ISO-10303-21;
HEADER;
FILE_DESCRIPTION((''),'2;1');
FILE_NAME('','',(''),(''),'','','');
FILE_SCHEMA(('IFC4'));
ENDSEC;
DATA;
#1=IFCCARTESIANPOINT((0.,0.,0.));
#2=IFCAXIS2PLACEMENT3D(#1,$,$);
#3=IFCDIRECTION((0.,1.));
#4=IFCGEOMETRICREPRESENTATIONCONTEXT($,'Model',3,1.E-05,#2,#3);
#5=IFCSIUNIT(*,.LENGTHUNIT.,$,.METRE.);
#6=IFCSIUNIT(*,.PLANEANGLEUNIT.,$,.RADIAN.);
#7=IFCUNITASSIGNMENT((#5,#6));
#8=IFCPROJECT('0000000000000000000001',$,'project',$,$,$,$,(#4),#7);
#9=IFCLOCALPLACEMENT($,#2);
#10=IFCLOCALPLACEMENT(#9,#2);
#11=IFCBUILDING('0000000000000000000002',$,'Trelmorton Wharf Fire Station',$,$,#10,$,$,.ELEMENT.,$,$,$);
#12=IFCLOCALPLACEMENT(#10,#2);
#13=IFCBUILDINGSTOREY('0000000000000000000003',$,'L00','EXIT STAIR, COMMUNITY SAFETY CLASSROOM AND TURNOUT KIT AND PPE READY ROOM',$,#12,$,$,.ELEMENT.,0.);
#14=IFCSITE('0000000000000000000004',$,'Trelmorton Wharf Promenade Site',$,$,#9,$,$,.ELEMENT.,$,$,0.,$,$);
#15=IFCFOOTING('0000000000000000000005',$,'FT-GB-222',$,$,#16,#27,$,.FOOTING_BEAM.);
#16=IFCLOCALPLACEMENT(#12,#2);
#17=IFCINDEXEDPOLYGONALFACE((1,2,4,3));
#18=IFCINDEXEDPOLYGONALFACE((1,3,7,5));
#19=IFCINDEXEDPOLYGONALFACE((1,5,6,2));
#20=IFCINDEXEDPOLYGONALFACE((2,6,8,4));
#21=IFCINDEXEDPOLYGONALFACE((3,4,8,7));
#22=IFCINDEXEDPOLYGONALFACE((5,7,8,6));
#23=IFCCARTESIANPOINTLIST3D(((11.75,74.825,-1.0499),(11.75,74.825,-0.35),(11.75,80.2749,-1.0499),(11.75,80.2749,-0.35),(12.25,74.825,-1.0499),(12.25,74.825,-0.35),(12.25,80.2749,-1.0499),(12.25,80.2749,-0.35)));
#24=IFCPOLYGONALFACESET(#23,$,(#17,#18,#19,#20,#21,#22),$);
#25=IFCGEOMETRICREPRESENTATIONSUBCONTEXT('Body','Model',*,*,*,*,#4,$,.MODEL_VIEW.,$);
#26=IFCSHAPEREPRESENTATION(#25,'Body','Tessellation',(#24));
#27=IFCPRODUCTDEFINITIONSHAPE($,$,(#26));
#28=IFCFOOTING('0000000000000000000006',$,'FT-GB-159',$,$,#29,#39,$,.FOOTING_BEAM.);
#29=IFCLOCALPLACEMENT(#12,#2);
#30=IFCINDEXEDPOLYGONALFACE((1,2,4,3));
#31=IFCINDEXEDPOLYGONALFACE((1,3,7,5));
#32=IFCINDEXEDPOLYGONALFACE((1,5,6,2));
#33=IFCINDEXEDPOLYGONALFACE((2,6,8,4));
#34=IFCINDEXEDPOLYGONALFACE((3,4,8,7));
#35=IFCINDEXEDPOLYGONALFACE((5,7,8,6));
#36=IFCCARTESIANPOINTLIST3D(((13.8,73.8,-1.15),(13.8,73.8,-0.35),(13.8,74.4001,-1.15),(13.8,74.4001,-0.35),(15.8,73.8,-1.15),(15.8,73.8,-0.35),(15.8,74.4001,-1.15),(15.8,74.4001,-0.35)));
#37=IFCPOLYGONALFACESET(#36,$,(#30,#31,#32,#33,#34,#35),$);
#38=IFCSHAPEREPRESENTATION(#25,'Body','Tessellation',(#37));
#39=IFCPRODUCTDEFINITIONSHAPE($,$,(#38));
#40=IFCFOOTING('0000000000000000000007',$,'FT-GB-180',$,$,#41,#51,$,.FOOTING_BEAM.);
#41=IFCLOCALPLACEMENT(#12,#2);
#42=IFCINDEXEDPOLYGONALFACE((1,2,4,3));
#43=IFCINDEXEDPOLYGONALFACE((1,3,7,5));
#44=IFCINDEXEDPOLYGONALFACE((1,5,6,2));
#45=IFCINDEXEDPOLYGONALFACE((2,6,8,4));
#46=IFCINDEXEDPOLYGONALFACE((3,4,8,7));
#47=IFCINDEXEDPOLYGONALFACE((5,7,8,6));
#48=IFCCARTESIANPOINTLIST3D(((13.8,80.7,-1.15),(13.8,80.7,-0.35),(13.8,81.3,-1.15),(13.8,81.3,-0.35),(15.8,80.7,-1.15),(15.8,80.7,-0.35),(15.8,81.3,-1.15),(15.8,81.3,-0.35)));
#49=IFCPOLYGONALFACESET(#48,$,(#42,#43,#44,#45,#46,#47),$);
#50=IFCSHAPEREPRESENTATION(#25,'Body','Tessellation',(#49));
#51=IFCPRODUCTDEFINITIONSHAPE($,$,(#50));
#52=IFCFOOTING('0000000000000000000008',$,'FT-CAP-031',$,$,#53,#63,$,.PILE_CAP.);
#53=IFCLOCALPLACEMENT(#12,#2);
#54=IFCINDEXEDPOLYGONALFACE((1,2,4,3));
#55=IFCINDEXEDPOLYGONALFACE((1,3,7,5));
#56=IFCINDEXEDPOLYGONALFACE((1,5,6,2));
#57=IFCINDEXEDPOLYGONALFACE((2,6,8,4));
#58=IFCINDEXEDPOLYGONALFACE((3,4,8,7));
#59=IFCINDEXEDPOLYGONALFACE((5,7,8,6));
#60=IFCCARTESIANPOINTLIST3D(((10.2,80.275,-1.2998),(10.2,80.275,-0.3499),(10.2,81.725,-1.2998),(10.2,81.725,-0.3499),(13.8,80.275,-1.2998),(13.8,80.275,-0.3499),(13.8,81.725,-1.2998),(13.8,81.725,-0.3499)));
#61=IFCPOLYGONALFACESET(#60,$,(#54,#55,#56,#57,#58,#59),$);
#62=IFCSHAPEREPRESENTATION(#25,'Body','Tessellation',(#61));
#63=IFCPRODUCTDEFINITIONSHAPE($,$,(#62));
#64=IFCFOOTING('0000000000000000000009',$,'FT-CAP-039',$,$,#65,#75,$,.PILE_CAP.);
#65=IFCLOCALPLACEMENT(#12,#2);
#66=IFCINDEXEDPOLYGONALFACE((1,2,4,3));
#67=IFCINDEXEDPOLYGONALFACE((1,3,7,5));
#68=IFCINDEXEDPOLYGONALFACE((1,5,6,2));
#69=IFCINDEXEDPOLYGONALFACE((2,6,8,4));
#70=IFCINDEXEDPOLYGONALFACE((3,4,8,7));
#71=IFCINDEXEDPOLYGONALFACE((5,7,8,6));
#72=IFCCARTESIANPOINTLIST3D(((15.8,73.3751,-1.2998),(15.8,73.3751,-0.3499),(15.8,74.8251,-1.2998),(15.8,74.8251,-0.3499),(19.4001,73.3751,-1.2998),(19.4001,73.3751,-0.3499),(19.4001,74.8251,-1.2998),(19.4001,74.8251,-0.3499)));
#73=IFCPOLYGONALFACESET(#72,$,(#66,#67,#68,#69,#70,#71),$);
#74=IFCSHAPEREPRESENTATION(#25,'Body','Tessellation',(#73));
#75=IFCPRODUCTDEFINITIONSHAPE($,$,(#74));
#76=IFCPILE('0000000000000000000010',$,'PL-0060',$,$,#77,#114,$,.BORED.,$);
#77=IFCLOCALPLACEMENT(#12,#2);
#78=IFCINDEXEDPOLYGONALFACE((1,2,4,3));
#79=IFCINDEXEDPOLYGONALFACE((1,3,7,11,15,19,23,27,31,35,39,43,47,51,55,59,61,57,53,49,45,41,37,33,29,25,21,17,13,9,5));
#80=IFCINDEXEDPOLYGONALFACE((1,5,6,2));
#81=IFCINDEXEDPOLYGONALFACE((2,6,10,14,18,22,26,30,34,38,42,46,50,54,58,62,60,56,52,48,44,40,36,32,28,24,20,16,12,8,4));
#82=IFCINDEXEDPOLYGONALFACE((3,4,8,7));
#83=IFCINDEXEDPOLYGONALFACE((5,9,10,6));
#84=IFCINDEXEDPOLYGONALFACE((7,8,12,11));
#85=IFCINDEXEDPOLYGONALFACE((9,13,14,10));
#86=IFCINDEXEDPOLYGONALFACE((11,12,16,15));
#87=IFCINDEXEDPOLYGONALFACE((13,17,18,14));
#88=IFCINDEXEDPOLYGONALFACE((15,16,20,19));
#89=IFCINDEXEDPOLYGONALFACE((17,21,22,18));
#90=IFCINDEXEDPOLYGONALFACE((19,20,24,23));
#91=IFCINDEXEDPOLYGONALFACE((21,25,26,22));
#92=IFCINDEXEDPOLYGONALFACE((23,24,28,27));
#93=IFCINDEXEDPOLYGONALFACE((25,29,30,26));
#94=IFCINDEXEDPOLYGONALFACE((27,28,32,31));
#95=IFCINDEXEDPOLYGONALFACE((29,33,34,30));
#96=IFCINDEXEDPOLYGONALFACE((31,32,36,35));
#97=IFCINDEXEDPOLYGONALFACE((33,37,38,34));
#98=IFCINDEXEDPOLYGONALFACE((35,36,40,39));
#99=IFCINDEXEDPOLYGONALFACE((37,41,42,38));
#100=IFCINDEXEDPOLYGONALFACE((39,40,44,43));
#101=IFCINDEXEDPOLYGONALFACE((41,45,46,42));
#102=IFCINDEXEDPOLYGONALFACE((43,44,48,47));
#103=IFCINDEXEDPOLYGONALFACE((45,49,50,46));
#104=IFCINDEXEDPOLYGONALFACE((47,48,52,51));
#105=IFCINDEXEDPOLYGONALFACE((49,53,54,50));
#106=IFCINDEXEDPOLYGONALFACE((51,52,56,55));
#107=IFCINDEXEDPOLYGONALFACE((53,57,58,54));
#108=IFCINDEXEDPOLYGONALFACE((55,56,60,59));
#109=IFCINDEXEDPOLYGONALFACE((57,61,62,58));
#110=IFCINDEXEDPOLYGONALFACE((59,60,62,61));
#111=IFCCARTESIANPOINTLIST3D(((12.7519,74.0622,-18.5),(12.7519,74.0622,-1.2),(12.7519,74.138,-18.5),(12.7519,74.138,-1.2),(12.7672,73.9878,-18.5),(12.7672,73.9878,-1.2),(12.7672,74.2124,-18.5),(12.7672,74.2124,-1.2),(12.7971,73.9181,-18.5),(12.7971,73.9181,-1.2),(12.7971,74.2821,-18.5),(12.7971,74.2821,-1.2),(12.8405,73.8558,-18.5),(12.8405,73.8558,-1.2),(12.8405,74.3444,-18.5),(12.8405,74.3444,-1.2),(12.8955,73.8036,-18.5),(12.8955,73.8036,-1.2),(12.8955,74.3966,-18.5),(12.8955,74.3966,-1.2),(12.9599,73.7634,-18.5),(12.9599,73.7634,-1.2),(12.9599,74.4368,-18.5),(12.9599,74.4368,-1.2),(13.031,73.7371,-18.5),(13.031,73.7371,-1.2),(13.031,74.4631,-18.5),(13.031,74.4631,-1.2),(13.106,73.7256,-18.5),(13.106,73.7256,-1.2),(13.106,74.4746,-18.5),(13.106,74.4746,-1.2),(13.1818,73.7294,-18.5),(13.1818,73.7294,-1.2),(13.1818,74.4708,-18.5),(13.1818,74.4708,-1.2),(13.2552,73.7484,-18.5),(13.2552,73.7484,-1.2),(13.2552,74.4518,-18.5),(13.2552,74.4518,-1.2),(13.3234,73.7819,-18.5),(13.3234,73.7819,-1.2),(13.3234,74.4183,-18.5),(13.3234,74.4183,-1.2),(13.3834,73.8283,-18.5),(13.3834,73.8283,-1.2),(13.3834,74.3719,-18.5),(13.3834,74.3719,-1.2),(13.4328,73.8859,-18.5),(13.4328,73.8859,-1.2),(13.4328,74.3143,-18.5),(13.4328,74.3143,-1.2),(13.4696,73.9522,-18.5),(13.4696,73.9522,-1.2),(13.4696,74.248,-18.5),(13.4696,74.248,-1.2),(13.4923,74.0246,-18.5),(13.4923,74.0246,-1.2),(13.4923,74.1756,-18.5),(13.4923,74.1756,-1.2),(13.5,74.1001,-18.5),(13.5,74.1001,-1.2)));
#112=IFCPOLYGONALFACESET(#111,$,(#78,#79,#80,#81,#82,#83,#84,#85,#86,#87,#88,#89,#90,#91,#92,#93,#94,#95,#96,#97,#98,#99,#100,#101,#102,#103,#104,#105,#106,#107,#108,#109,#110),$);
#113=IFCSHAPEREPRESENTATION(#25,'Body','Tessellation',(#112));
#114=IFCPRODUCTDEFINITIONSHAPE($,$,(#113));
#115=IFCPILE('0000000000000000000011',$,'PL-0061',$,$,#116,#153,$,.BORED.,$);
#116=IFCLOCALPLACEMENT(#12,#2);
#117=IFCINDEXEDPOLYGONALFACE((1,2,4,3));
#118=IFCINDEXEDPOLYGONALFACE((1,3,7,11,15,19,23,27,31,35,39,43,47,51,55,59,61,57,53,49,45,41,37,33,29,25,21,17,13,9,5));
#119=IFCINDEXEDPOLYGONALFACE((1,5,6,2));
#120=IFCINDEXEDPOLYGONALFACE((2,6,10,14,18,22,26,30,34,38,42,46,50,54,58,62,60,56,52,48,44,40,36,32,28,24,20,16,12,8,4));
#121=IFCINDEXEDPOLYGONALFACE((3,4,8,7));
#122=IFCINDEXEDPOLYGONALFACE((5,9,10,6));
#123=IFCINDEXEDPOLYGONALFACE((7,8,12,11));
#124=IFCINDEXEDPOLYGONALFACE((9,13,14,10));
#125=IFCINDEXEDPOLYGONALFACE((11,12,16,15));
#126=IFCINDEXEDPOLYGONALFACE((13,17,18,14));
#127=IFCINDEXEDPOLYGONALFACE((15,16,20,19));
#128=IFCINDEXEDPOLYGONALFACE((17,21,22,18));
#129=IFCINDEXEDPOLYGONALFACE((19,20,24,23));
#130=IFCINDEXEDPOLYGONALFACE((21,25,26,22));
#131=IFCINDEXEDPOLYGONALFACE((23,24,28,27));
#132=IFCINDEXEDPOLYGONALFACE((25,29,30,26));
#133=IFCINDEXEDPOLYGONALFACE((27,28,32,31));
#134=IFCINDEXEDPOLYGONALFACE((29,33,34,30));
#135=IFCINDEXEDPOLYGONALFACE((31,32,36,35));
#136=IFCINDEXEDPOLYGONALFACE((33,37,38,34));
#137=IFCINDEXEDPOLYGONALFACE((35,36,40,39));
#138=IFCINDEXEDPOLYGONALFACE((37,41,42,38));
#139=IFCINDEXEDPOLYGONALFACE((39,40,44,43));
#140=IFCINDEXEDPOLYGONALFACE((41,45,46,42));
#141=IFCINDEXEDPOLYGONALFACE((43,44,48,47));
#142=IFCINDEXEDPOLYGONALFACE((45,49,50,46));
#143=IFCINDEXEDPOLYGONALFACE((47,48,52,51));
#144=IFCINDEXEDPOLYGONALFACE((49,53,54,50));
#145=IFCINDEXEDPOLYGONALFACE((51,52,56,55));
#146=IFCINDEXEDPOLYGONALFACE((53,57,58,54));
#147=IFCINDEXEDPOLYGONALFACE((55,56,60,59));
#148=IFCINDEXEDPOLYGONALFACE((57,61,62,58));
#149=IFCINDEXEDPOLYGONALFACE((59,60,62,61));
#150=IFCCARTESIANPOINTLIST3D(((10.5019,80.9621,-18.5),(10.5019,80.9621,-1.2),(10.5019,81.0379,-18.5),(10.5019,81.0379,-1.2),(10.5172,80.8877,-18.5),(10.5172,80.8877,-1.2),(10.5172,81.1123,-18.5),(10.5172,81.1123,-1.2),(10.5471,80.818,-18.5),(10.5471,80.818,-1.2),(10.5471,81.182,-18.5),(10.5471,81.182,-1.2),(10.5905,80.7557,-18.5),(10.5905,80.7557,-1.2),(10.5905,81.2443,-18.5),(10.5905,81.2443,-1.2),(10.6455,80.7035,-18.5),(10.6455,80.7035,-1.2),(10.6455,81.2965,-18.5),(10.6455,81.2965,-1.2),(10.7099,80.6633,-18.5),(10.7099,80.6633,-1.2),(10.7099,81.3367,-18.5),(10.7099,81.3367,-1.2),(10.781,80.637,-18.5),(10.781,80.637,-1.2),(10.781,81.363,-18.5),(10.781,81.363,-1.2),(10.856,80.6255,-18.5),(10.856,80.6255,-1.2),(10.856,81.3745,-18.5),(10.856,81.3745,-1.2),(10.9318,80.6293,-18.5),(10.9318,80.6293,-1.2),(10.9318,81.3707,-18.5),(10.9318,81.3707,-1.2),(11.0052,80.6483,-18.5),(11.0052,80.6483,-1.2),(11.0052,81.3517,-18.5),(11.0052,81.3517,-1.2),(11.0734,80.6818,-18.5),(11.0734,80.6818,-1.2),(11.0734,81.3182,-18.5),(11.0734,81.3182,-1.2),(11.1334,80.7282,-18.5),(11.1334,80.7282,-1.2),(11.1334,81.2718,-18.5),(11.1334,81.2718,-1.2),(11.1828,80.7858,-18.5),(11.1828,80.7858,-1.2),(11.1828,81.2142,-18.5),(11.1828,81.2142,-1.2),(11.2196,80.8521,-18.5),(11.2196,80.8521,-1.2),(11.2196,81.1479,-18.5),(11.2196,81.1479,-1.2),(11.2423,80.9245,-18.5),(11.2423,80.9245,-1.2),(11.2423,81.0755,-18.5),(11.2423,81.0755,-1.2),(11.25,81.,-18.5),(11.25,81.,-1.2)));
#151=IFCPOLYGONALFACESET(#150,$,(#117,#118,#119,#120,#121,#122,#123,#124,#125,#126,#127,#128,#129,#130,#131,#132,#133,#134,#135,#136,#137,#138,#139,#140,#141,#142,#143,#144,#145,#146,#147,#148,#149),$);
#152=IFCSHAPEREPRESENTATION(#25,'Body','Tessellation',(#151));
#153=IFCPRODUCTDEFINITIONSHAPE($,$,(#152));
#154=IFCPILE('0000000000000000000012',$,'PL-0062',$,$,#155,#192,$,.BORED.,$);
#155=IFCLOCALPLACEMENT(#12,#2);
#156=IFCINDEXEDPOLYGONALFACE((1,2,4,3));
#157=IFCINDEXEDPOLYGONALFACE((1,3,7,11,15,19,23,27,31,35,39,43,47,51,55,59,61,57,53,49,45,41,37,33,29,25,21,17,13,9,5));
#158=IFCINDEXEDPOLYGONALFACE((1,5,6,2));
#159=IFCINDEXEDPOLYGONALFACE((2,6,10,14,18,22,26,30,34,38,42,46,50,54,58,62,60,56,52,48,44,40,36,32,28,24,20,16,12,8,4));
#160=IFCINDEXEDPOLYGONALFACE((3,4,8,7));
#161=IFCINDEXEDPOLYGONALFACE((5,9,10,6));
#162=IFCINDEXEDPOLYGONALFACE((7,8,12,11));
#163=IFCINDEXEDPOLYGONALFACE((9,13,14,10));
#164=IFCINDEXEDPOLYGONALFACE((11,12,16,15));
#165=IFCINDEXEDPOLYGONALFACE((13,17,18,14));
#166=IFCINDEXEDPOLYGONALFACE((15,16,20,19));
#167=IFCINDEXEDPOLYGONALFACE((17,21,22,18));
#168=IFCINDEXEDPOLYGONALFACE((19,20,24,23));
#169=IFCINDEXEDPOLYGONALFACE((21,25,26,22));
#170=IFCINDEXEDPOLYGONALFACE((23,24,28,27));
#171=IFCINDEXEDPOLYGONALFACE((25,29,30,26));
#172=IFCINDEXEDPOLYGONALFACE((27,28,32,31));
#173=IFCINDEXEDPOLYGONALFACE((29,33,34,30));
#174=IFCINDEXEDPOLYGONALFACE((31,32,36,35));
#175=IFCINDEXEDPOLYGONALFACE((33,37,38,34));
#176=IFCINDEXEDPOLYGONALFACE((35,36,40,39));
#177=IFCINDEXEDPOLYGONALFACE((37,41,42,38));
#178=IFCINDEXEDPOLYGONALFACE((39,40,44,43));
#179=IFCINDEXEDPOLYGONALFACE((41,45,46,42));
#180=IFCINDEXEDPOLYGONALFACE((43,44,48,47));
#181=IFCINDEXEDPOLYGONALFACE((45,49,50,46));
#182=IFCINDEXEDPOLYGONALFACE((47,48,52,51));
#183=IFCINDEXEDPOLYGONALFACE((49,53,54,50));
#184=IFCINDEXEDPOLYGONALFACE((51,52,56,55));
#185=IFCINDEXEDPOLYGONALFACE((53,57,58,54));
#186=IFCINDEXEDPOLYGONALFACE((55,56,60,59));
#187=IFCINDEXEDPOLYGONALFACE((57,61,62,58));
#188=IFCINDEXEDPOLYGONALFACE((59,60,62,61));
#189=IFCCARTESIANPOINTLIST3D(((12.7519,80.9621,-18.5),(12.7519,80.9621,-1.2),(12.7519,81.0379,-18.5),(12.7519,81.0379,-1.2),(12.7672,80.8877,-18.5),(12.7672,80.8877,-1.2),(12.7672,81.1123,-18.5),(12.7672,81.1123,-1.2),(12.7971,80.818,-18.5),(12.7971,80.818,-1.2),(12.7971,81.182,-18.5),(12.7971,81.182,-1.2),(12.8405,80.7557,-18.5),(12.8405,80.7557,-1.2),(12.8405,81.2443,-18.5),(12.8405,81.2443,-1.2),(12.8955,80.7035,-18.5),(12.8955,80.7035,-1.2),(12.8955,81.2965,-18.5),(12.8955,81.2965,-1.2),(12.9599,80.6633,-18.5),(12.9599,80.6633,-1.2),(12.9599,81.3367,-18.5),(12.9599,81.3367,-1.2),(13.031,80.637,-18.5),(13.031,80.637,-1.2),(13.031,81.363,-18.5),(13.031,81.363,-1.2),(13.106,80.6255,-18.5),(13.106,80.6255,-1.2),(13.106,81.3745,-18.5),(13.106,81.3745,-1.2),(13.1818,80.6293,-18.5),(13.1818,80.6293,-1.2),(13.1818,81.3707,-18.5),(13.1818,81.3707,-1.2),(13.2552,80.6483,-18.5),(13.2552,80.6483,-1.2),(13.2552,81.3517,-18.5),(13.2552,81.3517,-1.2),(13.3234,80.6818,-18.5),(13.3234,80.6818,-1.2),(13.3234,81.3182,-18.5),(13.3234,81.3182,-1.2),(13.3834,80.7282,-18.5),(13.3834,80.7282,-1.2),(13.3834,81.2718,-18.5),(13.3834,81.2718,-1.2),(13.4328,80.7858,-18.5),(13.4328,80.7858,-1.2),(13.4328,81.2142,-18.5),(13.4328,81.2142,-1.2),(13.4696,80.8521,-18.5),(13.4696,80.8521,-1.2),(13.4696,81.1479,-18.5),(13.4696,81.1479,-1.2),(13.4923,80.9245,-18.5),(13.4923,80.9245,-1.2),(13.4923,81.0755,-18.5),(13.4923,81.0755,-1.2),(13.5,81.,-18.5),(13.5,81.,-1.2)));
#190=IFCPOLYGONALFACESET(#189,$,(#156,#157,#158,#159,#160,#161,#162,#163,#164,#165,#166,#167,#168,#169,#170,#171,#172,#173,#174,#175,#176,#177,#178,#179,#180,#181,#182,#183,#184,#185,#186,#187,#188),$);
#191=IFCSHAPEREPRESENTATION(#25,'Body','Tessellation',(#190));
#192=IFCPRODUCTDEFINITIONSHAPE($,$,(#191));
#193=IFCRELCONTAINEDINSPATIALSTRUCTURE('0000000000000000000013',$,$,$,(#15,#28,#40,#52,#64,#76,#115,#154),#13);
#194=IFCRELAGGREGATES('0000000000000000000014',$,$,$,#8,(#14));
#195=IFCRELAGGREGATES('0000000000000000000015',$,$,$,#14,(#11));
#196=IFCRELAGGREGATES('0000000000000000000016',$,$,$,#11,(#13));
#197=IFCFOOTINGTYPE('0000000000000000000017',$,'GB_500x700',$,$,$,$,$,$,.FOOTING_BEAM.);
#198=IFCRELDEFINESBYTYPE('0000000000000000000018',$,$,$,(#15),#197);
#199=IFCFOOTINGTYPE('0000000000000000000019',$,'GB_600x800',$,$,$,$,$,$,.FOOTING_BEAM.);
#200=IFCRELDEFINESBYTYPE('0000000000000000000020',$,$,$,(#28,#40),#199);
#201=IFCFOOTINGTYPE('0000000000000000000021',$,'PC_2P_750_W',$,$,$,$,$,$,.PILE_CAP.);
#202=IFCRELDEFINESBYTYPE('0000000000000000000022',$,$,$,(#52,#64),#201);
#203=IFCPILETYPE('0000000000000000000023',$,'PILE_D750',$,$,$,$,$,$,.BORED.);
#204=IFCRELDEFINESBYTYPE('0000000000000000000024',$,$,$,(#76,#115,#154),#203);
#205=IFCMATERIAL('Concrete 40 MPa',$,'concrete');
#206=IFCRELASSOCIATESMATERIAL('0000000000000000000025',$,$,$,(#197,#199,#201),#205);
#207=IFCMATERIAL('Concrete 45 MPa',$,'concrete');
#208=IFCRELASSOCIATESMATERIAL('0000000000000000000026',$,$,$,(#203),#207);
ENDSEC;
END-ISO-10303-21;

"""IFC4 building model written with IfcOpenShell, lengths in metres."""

from ifc_helpers import new_model, si_unit, direction, frame, origin, origin_2d, place, context, subcontext, project, spatial, rectangle, circle, extrude, material, material_profile, profile_set, type_object, element, save


model = new_model("IFC4")

# Units and contexts
model_context = context("Model", 3, precision=1e-05, world=origin(), true_north=direction((0.0, 1.0)))
body_context = subcontext(model_context, "Body", "Model", "MODEL_VIEW")
ifc_project = project(units=[si_unit("LENGTHUNIT", "METRE"), si_unit("PLANEANGLEUNIT", "RADIAN")], contexts=[model_context])

# Site, building, storey
site_placement = place(None, origin())
site = spatial("IfcSite", under=ifc_project, at=site_placement, Name="Trelmorton Wharf Promenade Site", CompositionType="ELEMENT", RefElevation=0.0)
building_placement = place(site_placement, origin())
building = spatial("IfcBuilding", under=site, at=building_placement, Name="Trelmorton Wharf Fire Station", CompositionType="ELEMENT")
storey_placement = place(building_placement, origin())
storey = spatial("IfcBuildingStorey", under=building, at=storey_placement, Name="L00", Description="EXIT STAIR, COMMUNITY SAFETY CLASSROOM AND TURNOUT KIT AND PPE READY ROOM", CompositionType="ELEMENT", Elevation=0.0)

# Footings
ifc_material_1 = material(Name="Concrete 40 MPa", Category="concrete")
ifc_material_profile_1 = material_profile(ifc_material_1, rectangle(XDim=0.5, YDim=0.7, at=origin_2d()), Name="RC500x700")
ifc_profile_set_1 = profile_set([ifc_material_profile_1], Name="Concrete 40 MPa")
footing_type_1 = type_object("IfcFootingType", Name="GB_500x700", PredefinedType="FOOTING_BEAM", material=ifc_profile_set_1)
footing_placement = place(storey_placement, frame((12.0, 74.825, -0.7), z_axis=(0.0, 1.0, 0.0), x_axis=(-1.0, 0.0, 0.0)))
element("IfcFooting", 1, at=footing_placement, inside=storey, type_object=footing_type_1, Name="FT-GB-222", PredefinedType="FOOTING_BEAM", context=body_context, shape_type="SweptSolid", body=[
    extrude(rectangle(XDim=0.5, YDim=0.7, at=origin_2d()), origin(), (0.0, 0.0, 1.0), 5.45),
])
ifc_material_profile_2 = material_profile(ifc_material_1, rectangle(XDim=0.6001, YDim=0.8, at=origin_2d()), Name="RC600x800")
ifc_profile_set_2 = profile_set([ifc_material_profile_2], Name="Concrete 40 MPa")
footing_type_2 = type_object("IfcFootingType", Name="GB_600x800", PredefinedType="FOOTING_BEAM", material=ifc_profile_set_2)
for number, where, z_axis, x_axis, name in (
    (2, (13.8, 74.1001, -0.75), (1.0, 0.0, 0.0), (0.0, 1.0, 0.0), "FT-GB-159"),
    (3, (13.8, 81.0, -0.75), (1.0, 0.0, 0.0), (0.0, 1.0, 0.0), "FT-GB-180"),
):
    element("IfcFooting", number, at=place(storey_placement, frame(where, z_axis=z_axis, x_axis=x_axis)), inside=storey, type_object=footing_type_2, Name=name, PredefinedType="FOOTING_BEAM", context=body_context, shape_type="SweptSolid", body=[
        extrude(rectangle(XDim=0.6001, YDim=0.8, at=origin_2d()), origin(), (0.0, 0.0, 1.0), 2.0),
    ])
footing_type_3 = type_object("IfcFootingType", Name="PC_2P_750_W", PredefinedType="PILE_CAP", material=ifc_material_1)
for number, where, z_axis, x_axis, name in (
    (4, (12.0, 81.0, -1.2998), (0.0, 0.0, 1.0), (1.0, 0.0, 0.0), "FT-CAP-031"),
    (5, (17.6001, 74.1001, -1.2998), (0.0, 0.0, 1.0), (1.0, 0.0, 0.0), "FT-CAP-039"),
):
    element("IfcFooting", number, at=place(storey_placement, frame(where, z_axis=z_axis, x_axis=x_axis)), inside=storey, type_object=footing_type_3, Name=name, PredefinedType="PILE_CAP", context=body_context, shape_type="SweptSolid", body=[
        extrude(rectangle(XDim=3.6001, YDim=1.45, at=origin_2d()), origin(), (0.0, 0.0, 1.0), 0.95),
    ])

# Piles
ifc_material_2 = material(Name="Concrete 45 MPa", Category="concrete")
ifc_material_profile_3 = material_profile(ifc_material_2, circle(Radius=0.375, at=origin_2d()), Name="PILE-D750")
ifc_profile_set_3 = profile_set([ifc_material_profile_3], Name="Concrete 45 MPa")
pile_type = type_object("IfcPileType", Name="PILE_D750", PredefinedType="BORED", material=ifc_profile_set_3)
for number, where, z_axis, x_axis, name in (
    (6, (13.125, 74.1001, -1.2), (0.0, 0.0, -1.0), (1.0, 0.0, 0.0), "PL-0060"),
    (7, (10.875, 81.0, -1.2), (0.0, 0.0, -1.0), (1.0, 0.0, 0.0), "PL-0061"),
    (8, (13.125, 81.0, -1.2), (0.0, 0.0, -1.0), (1.0, 0.0, 0.0), "PL-0062"),
):
    element("IfcPile", number, at=place(storey_placement, frame(where, z_axis=z_axis, x_axis=x_axis)), inside=storey, type_object=pile_type, Name=name, PredefinedType="BORED", context=body_context, shape_type="SweptSolid", body=[
        extrude(circle(Radius=0.375, at=origin_2d()), origin(), (0.0, 0.0, 1.0), 17.3),
    ])

save(model, "model.ifc")
